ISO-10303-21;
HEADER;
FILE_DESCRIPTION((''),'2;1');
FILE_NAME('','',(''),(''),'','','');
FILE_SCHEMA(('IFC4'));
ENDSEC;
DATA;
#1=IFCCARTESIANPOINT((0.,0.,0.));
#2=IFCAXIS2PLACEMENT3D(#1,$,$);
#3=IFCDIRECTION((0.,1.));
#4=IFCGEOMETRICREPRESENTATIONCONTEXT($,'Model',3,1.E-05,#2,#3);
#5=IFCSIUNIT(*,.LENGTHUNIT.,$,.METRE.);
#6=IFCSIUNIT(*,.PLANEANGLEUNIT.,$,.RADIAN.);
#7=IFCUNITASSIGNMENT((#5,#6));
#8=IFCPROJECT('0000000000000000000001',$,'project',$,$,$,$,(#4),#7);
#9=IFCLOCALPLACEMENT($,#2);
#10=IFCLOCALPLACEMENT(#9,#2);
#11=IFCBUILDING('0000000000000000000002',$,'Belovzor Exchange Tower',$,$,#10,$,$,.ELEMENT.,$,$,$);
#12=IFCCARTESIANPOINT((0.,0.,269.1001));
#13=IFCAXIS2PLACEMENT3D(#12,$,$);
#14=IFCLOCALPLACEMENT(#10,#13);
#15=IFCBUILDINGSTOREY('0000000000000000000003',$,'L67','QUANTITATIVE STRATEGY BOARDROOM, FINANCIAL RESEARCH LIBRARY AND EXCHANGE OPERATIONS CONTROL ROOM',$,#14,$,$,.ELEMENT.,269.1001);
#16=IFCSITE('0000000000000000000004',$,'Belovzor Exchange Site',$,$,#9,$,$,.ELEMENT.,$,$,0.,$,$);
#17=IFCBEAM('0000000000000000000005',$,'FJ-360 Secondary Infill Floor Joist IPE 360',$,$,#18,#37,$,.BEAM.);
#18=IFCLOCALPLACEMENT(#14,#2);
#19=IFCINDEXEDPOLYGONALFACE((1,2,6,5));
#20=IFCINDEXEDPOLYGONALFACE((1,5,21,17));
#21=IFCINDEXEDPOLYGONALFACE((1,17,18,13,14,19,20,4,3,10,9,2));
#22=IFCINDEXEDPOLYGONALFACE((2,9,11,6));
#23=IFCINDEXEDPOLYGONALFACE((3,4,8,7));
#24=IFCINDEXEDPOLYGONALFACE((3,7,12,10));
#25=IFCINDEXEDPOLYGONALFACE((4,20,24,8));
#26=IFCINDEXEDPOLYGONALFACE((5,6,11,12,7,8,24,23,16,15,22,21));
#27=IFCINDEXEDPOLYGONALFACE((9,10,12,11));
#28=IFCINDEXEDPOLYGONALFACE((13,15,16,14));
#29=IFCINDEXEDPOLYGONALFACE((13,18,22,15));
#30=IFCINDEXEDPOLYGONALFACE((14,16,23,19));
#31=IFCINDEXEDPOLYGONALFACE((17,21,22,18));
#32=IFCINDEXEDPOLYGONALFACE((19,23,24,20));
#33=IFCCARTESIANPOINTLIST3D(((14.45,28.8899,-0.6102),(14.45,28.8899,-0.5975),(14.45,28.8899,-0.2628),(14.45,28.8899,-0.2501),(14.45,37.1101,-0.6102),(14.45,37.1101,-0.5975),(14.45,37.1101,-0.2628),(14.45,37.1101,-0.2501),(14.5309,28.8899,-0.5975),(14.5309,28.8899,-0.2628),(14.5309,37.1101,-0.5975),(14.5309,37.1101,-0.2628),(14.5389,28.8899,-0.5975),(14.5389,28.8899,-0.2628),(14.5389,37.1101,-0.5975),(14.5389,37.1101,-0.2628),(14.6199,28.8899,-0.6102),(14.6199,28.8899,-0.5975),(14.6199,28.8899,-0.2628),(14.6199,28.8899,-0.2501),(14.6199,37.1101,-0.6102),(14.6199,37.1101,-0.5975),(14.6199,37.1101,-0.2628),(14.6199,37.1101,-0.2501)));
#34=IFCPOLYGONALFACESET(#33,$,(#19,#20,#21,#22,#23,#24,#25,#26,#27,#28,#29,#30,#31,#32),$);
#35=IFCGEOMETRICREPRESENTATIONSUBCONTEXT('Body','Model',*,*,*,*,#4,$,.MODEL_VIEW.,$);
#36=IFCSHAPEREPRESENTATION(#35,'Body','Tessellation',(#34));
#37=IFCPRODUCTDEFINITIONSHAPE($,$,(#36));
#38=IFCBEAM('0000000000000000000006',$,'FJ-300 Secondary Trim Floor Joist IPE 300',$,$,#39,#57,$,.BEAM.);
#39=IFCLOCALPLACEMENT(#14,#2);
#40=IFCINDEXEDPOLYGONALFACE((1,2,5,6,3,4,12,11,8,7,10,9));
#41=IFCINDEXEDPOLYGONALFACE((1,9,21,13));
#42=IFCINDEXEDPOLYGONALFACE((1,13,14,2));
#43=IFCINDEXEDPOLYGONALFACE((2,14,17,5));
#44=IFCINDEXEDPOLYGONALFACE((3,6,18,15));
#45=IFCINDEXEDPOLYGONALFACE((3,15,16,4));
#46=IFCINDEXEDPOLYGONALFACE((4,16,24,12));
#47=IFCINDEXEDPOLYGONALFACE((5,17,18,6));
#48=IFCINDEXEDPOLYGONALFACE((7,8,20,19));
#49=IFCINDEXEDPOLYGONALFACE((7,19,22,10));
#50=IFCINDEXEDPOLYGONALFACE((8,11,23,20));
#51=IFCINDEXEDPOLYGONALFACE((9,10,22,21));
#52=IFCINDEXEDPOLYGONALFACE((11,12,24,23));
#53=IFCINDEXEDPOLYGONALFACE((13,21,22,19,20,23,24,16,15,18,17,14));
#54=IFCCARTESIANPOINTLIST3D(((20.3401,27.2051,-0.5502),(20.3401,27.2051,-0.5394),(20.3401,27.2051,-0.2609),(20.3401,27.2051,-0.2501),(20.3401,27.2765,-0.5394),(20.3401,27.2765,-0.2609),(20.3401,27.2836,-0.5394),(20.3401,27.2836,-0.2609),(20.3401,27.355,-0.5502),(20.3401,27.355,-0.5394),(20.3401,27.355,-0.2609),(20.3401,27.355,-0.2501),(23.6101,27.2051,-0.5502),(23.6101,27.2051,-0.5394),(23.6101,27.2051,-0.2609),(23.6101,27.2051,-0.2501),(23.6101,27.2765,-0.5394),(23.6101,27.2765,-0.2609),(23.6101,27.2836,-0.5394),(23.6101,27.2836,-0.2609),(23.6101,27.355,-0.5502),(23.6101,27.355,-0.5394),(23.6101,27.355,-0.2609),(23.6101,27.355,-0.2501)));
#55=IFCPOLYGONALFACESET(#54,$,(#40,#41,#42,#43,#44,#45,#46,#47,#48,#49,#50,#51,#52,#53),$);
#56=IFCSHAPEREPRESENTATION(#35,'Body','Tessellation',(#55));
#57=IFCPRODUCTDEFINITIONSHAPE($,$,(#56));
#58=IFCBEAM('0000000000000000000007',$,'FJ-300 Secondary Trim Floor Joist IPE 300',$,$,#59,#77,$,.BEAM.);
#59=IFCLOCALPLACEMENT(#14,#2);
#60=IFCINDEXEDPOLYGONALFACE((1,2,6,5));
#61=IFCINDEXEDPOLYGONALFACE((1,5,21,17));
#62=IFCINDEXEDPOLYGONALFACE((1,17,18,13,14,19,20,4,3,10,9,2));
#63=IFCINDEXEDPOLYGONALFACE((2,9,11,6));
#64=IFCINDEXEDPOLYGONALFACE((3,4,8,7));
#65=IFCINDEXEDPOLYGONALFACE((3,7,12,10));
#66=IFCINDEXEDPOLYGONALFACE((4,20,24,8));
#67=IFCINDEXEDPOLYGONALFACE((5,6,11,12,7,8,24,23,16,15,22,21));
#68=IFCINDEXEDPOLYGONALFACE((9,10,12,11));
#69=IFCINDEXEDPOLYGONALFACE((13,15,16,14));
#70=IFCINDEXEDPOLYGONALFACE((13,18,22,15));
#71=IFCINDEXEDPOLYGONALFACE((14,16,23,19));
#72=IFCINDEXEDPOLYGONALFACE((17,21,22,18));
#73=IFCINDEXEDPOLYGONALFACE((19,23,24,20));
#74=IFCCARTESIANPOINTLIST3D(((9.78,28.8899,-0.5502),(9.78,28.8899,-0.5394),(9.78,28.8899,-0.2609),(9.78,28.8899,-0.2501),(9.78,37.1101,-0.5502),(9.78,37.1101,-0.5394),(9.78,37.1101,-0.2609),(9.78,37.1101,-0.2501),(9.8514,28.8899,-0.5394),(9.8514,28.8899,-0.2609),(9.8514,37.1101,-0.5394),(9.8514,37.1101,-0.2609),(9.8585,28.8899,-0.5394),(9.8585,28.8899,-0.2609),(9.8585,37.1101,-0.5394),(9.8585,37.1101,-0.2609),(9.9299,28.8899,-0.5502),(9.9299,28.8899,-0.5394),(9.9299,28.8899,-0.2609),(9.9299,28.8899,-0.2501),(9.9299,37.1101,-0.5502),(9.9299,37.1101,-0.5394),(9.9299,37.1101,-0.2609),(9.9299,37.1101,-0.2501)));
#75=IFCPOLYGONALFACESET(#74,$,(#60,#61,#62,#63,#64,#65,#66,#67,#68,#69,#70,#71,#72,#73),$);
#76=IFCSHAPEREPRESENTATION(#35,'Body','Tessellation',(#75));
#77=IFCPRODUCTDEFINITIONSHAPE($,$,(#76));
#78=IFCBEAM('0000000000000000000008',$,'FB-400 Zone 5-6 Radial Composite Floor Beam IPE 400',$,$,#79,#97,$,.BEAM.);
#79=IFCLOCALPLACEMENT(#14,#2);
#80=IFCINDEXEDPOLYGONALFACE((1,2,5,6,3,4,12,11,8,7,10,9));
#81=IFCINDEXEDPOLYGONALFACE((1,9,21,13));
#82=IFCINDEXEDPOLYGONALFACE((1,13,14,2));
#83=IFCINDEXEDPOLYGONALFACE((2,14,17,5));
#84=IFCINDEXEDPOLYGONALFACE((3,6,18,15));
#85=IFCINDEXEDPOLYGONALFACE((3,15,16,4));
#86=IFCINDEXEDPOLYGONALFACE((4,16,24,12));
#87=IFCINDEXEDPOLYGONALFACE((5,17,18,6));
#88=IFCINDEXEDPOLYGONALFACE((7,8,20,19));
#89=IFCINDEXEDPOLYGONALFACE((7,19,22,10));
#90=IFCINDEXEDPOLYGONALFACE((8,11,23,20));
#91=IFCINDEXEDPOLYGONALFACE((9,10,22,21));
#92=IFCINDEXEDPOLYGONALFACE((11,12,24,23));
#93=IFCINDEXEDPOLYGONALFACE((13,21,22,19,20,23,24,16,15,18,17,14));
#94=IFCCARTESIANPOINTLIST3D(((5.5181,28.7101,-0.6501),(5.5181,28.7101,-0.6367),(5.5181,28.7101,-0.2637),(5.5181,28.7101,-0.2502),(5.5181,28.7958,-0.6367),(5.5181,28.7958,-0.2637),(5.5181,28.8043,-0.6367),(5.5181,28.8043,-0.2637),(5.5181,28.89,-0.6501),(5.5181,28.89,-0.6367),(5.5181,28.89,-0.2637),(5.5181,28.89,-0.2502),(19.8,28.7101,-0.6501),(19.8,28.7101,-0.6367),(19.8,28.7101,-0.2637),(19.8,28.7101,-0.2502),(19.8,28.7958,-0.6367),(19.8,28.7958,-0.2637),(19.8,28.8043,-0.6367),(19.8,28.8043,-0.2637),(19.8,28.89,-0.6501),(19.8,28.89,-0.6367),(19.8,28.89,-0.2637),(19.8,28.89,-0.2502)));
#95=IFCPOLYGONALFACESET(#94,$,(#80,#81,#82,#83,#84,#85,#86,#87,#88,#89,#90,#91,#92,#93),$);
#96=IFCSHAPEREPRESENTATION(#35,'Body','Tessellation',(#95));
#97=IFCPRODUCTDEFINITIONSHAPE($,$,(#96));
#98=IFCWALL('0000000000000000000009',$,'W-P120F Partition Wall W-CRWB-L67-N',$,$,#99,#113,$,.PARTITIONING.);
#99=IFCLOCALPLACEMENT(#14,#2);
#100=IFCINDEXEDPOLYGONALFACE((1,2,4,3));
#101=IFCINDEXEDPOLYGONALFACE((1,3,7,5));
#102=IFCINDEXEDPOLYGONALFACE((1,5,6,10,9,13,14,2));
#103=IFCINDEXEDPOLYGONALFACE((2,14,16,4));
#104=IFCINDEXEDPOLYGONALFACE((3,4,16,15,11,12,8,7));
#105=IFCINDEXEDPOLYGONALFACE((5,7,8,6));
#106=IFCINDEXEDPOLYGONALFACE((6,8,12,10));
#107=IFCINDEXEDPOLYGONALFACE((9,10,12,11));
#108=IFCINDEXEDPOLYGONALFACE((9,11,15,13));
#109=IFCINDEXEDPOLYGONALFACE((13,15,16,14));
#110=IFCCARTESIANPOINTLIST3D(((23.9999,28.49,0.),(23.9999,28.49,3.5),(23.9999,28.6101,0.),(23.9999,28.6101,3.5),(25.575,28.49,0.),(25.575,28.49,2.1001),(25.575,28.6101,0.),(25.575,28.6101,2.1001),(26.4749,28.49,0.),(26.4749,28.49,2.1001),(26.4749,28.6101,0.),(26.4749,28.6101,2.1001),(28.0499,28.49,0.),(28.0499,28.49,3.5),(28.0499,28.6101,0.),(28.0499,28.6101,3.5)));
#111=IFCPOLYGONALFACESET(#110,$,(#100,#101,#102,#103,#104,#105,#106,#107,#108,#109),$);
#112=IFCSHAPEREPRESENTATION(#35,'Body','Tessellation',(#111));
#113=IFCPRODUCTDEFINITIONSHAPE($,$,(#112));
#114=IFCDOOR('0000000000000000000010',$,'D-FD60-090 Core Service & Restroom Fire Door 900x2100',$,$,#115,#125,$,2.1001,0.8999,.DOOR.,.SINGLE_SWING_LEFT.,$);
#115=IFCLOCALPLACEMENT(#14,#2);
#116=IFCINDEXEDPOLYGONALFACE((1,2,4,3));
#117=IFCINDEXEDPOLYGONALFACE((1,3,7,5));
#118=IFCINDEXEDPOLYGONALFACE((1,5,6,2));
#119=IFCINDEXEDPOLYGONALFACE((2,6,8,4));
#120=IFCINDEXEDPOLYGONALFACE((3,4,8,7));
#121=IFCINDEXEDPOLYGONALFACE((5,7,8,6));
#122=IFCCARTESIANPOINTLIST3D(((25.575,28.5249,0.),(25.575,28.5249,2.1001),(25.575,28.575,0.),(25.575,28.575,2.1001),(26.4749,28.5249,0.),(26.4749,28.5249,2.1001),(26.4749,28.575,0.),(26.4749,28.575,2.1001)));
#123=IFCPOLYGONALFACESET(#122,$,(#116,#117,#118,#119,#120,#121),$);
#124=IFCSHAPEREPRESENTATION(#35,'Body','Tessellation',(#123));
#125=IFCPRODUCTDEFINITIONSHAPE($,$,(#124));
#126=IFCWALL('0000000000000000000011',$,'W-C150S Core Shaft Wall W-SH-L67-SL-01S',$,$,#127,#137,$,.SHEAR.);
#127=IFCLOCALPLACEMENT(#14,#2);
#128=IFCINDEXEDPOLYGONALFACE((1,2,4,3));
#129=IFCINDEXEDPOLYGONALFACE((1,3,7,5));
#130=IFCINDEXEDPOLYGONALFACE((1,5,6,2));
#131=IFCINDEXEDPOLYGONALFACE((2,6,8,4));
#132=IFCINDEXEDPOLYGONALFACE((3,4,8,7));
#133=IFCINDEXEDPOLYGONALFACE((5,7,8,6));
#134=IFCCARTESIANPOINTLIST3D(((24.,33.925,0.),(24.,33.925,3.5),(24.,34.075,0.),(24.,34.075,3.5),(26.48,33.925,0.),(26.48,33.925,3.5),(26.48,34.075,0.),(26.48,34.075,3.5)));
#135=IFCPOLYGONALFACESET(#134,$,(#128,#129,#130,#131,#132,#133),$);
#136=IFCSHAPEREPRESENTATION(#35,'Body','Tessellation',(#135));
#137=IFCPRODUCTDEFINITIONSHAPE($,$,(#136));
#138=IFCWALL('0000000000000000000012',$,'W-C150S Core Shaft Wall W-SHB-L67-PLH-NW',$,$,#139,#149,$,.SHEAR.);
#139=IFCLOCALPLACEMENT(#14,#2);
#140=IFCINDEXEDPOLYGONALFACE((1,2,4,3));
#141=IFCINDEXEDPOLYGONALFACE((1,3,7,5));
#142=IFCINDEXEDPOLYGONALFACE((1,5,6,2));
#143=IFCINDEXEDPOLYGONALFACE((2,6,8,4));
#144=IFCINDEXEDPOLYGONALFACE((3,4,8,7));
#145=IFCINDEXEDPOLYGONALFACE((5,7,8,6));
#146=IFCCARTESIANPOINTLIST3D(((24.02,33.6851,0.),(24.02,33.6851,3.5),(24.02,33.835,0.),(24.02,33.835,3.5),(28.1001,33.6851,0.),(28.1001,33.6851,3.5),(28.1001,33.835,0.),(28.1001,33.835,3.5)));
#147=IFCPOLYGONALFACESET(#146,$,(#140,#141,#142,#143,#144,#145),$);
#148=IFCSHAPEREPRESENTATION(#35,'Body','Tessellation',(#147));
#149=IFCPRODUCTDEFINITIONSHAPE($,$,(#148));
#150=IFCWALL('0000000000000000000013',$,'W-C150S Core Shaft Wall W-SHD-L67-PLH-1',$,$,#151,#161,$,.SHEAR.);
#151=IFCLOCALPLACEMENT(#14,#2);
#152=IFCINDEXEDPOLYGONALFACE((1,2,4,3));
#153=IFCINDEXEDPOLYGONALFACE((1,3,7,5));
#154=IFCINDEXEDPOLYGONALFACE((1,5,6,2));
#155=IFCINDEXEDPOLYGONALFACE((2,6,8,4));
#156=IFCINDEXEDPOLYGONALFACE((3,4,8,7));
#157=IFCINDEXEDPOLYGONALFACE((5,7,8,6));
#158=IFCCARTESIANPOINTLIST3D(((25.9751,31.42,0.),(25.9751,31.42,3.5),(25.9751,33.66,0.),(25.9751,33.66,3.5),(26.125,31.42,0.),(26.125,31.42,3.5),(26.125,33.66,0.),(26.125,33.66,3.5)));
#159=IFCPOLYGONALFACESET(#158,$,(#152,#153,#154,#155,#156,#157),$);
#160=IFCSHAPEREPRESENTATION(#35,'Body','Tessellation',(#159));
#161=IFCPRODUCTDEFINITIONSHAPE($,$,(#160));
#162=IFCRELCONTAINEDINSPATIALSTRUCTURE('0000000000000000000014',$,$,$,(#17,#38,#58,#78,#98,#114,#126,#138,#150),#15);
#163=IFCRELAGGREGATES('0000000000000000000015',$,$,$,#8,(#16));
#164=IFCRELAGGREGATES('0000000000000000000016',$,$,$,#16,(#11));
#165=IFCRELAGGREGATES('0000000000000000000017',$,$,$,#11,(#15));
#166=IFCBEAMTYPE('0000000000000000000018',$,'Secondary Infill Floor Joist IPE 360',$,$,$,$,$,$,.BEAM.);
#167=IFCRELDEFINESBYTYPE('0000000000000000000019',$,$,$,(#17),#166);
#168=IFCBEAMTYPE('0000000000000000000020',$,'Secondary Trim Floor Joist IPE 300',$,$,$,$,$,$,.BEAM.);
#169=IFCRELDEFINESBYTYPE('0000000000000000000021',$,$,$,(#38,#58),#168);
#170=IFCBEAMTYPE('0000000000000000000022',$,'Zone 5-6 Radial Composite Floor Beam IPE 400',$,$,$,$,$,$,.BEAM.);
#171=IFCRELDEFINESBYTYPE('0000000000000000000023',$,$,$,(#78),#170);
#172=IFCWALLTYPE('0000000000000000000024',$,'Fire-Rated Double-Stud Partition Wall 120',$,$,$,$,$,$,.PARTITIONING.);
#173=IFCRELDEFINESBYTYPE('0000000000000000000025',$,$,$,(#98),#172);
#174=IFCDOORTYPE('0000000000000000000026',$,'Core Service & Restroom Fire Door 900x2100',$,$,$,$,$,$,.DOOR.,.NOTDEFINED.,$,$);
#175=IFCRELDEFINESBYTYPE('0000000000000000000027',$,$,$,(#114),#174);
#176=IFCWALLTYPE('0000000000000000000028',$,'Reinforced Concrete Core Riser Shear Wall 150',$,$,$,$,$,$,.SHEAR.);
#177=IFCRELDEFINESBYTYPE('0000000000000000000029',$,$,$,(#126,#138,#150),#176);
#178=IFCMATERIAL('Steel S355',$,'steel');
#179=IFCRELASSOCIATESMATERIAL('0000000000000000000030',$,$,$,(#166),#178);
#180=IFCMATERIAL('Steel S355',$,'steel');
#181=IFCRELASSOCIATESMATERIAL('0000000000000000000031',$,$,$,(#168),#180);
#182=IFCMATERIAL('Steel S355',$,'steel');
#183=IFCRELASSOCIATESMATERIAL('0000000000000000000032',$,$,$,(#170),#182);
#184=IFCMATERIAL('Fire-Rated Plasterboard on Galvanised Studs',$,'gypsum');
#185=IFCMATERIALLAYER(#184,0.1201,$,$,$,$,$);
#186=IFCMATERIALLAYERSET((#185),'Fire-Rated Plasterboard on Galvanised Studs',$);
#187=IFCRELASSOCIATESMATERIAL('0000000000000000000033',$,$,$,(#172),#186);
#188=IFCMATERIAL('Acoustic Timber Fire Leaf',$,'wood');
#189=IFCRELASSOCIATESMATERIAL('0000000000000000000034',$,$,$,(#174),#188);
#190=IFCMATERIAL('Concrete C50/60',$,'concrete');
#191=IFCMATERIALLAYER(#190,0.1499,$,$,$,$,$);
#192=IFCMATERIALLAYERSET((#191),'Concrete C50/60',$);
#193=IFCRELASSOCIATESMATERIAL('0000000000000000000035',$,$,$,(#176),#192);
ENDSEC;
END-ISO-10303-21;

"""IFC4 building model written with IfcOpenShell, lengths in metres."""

from ifc_helpers import new_model, si_unit, direction, frame, frame_2d, origin, origin_2d, place, context, subcontext, project, spatial, rectangle, i_section, extrude, material, layer, layer_set, material_profile, profile_set, type_object, element, fill, save


model = new_model("IFC4")

# Units and contexts
model_context = context("Model", 3, precision=1e-05, world=origin(), true_north=direction((0.0, 1.0)))
body_context = subcontext(model_context, "Body", "Model", "MODEL_VIEW")
ifc_project = project(units=[si_unit("LENGTHUNIT", "METRE"), si_unit("PLANEANGLEUNIT", "RADIAN")], contexts=[model_context])

# Site, building, storey
site_placement = place(None, origin())
site = spatial("IfcSite", under=ifc_project, at=site_placement, Name="Belovzor Exchange Site", CompositionType="ELEMENT", RefElevation=0.0)
building_placement = place(site_placement, origin())
building = spatial("IfcBuilding", under=site, at=building_placement, Name="Belovzor Exchange Tower", CompositionType="ELEMENT")
storey_placement = place(building_placement, frame((0.0, 0.0, 269.1001)))
storey = spatial("IfcBuildingStorey", under=building, at=storey_placement, Name="L67", Description="QUANTITATIVE STRATEGY BOARDROOM, FINANCIAL RESEARCH LIBRARY AND EXCHANGE OPERATIONS CONTROL ROOM", CompositionType="ELEMENT", Elevation=269.1001)

# Beams
ifc_material_1 = material(Name="Steel S355", Category="steel")
ifc_material_profile_1 = material_profile(ifc_material_1, i_section(OverallWidth=0.1699, OverallDepth=0.3601, WebThickness=0.0081, FlangeThickness=0.0127, at=origin_2d()))
ifc_profile_set_1 = profile_set([ifc_material_profile_1], Name="Steel S355")
beam_type_1 = type_object("IfcBeamType", Name="Secondary Infill Floor Joist IPE 360", PredefinedType="BEAM", material=ifc_profile_set_1)
beam_1_placement = place(storey_placement, frame((14.5349, 28.8899, -0.4302), z_axis=(0.0, 1.0, 0.0), x_axis=(-1.0, 0.0, 0.0)))
element("IfcBeam", 1, at=beam_1_placement, inside=storey, type_object=beam_type_1, Name="FJ-360 Secondary Infill Floor Joist IPE 360", PredefinedType="BEAM", context=body_context, shape_type="SweptSolid", body=[
    extrude(i_section(OverallWidth=0.1699, OverallDepth=0.3601, WebThickness=0.0081, FlangeThickness=0.0127, at=origin_2d()), origin(), (0.0, 0.0, 1.0), 8.2202),
])
ifc_material_2 = material(Name="Steel S355", Category="steel")
ifc_material_profile_2 = material_profile(ifc_material_2, i_section(OverallWidth=0.1499, OverallDepth=0.3, WebThickness=0.0071, FlangeThickness=0.0107, at=origin_2d()))
ifc_profile_set_2 = profile_set([ifc_material_profile_2], Name="Steel S355")
beam_type_2 = type_object("IfcBeamType", Name="Secondary Trim Floor Joist IPE 300", PredefinedType="BEAM", material=ifc_profile_set_2)
beam_2_placement = place(storey_placement, frame((20.3401, 27.28, -0.4001), z_axis=(1.0, 0.0, 0.0), x_axis=(0.0, 1.0, 0.0)))
element("IfcBeam", 2, at=beam_2_placement, inside=storey, type_object=beam_type_2, Name="FJ-300 Secondary Trim Floor Joist IPE 300", PredefinedType="BEAM", context=body_context, shape_type="SweptSolid", body=[
    extrude(i_section(OverallWidth=0.1499, OverallDepth=0.3, WebThickness=0.0071, FlangeThickness=0.0107, at=origin_2d()), origin(), (0.0, 0.0, 1.0), 3.27),
])
beam_3_placement = place(storey_placement, frame((9.855, 28.8899, -0.4001), z_axis=(0.0, 1.0, 0.0), x_axis=(-1.0, 0.0, 0.0)))
element("IfcBeam", 3, at=beam_3_placement, inside=storey, type_object=beam_type_2, Name="FJ-300 Secondary Trim Floor Joist IPE 300", PredefinedType="BEAM", context=body_context, shape_type="SweptSolid", body=[
    extrude(i_section(OverallWidth=0.1499, OverallDepth=0.3, WebThickness=0.0071, FlangeThickness=0.0107, at=origin_2d()), origin(), (0.0, 0.0, 1.0), 8.2202),
])
ifc_material_3 = material(Name="Steel S355", Category="steel")
ifc_material_profile_3 = material_profile(ifc_material_3, i_section(OverallWidth=0.1799, OverallDepth=0.3999, WebThickness=0.0085, FlangeThickness=0.0134, at=origin_2d()))
ifc_profile_set_3 = profile_set([ifc_material_profile_3], Name="Steel S355")
beam_type_3 = type_object("IfcBeamType", Name="Zone 5-6 Radial Composite Floor Beam IPE 400", PredefinedType="BEAM", material=ifc_profile_set_3)
beam_4_placement = place(storey_placement, frame((19.8, 28.8, -0.4502), z_axis=(-1.0, 0.0, 0.0), x_axis=(0.0, -1.0, 0.0)))
element("IfcBeam", 4, at=beam_4_placement, inside=storey, type_object=beam_type_3, Name="FB-400 Zone 5-6 Radial Composite Floor Beam IPE 400", PredefinedType="BEAM", context=body_context, shape_type="SweptSolid", body=[
    extrude(i_section(OverallWidth=0.1799, OverallDepth=0.3999, WebThickness=0.0085, FlangeThickness=0.0134, at=origin_2d()), origin(), (0.0, 0.0, 1.0), 14.282),
])

# Wall, opening, door
ifc_material_4 = material(Name="Fire-Rated Plasterboard on Galvanised Studs", Category="gypsum")
ifc_layer_1 = layer(ifc_material_4, 0.1201)
ifc_layer_set_1 = layer_set([ifc_layer_1], Name="Fire-Rated Plasterboard on Galvanised Studs")
wall_type_1 = type_object("IfcWallType", Name="Fire-Rated Double-Stud Partition Wall 120", PredefinedType="PARTITIONING", material=ifc_layer_set_1)
wall_1_placement = place(storey_placement, frame((24.0, 28.55, 0.0), z_axis=(0.0, 0.0, 1.0), x_axis=(1.0, 0.0, 0.0)))
wall_1 = element("IfcWall", 5, at=wall_1_placement, inside=storey, type_object=wall_type_1, Name="W-P120F Partition Wall W-CRWB-L67-N", PredefinedType="PARTITIONING", context=body_context, shape_type="SweptSolid", body=[
    extrude(rectangle(XDim=4.05, YDim=0.1201, at=frame_2d((2.0249, 0.0))), origin(), (0.0, 0.0, 1.0), 3.5),
])
opening_1_placement = place(wall_1_placement, frame((1.575, 0.0, 0.0)))
opening_1 = element("IfcOpeningElement", 6, at=opening_1_placement, cuts=wall_1, PredefinedType="OPENING", context=body_context, shape_type="SweptSolid", body=[
    extrude(rectangle(XDim=0.8999, YDim=2.1001, at=frame_2d((0.45, 1.05))), frame((0.0, 0.0701, 0.0), z_axis=(0.0, -1.0, 0.0), x_axis=(1.0, 0.0, 0.0)), (0.0, 0.0, 1.0), 0.1401),
])
ifc_material_5 = material(Name="Acoustic Timber Fire Leaf", Category="wood")
door_type_1 = type_object("IfcDoorType", Name="Core Service & Restroom Fire Door 900x2100", OperationType="NOTDEFINED", PredefinedType="DOOR", material=ifc_material_5)
door_1_placement = place(opening_1_placement, origin())
door_1 = element("IfcDoor", 7, at=door_1_placement, inside=storey, type_object=door_type_1, Name="D-FD60-090 Core Service & Restroom Fire Door 900x2100", OperationType="SINGLE_SWING_LEFT", OverallHeight=2.1001, OverallWidth=0.8999, PredefinedType="DOOR", context=body_context, shape_type="SweptSolid", body=[
    extrude(rectangle(XDim=0.8999, YDim=2.1001, at=frame_2d((0.45, 1.05))), frame((0.0, 0.0249, 0.0), z_axis=(0.0, -1.0, 0.0), x_axis=(1.0, 0.0, 0.0)), (0.0, 0.0, 1.0), 0.05),
])
fill(opening_1, door_1)

# Walls
ifc_material_6 = material(Name="Concrete C50/60", Category="concrete")
ifc_layer_2 = layer(ifc_material_6, 0.1499)
ifc_layer_set_2 = layer_set([ifc_layer_2], Name="Concrete C50/60")
wall_type_2 = type_object("IfcWallType", Name="Reinforced Concrete Core Riser Shear Wall 150", PredefinedType="SHEAR", material=ifc_layer_set_2)
wall_2_placement = place(storey_placement, frame((24.0, 34.0, 0.0), z_axis=(0.0, 0.0, 1.0), x_axis=(1.0, 0.0, 0.0)))
element("IfcWall", 8, at=wall_2_placement, inside=storey, type_object=wall_type_2, Name="W-C150S Core Shaft Wall W-SH-L67-SL-01S", PredefinedType="SHEAR", context=body_context, shape_type="SweptSolid", body=[
    extrude(rectangle(XDim=2.48, YDim=0.1499, at=frame_2d((1.24, 0.0))), origin(), (0.0, 0.0, 1.0), 3.5),
])
wall_3_placement = place(storey_placement, frame((24.02, 33.76, 0.0), z_axis=(0.0, 0.0, 1.0), x_axis=(1.0, 0.0, 0.0)))
element("IfcWall", 9, at=wall_3_placement, inside=storey, type_object=wall_type_2, Name="W-C150S Core Shaft Wall W-SHB-L67-PLH-NW", PredefinedType="SHEAR", context=body_context, shape_type="SweptSolid", body=[
    extrude(rectangle(XDim=4.0801, YDim=0.1499, at=frame_2d((2.04, 0.0))), origin(), (0.0, 0.0, 1.0), 3.5),
])
wall_4_placement = place(storey_placement, frame((26.05, 31.4199, 0.0), z_axis=(0.0, 0.0, 1.0), x_axis=(0.0, 1.0, 0.0)))
element("IfcWall", 10, at=wall_4_placement, inside=storey, type_object=wall_type_2, Name="W-C150S Core Shaft Wall W-SHD-L67-PLH-1", PredefinedType="SHEAR", context=body_context, shape_type="SweptSolid", body=[
    extrude(rectangle(XDim=2.24, YDim=0.1499, at=frame_2d((1.1201, 0.0))), origin(), (0.0, 0.0, 1.0), 3.5),
])

save(model, "model.ifc")
